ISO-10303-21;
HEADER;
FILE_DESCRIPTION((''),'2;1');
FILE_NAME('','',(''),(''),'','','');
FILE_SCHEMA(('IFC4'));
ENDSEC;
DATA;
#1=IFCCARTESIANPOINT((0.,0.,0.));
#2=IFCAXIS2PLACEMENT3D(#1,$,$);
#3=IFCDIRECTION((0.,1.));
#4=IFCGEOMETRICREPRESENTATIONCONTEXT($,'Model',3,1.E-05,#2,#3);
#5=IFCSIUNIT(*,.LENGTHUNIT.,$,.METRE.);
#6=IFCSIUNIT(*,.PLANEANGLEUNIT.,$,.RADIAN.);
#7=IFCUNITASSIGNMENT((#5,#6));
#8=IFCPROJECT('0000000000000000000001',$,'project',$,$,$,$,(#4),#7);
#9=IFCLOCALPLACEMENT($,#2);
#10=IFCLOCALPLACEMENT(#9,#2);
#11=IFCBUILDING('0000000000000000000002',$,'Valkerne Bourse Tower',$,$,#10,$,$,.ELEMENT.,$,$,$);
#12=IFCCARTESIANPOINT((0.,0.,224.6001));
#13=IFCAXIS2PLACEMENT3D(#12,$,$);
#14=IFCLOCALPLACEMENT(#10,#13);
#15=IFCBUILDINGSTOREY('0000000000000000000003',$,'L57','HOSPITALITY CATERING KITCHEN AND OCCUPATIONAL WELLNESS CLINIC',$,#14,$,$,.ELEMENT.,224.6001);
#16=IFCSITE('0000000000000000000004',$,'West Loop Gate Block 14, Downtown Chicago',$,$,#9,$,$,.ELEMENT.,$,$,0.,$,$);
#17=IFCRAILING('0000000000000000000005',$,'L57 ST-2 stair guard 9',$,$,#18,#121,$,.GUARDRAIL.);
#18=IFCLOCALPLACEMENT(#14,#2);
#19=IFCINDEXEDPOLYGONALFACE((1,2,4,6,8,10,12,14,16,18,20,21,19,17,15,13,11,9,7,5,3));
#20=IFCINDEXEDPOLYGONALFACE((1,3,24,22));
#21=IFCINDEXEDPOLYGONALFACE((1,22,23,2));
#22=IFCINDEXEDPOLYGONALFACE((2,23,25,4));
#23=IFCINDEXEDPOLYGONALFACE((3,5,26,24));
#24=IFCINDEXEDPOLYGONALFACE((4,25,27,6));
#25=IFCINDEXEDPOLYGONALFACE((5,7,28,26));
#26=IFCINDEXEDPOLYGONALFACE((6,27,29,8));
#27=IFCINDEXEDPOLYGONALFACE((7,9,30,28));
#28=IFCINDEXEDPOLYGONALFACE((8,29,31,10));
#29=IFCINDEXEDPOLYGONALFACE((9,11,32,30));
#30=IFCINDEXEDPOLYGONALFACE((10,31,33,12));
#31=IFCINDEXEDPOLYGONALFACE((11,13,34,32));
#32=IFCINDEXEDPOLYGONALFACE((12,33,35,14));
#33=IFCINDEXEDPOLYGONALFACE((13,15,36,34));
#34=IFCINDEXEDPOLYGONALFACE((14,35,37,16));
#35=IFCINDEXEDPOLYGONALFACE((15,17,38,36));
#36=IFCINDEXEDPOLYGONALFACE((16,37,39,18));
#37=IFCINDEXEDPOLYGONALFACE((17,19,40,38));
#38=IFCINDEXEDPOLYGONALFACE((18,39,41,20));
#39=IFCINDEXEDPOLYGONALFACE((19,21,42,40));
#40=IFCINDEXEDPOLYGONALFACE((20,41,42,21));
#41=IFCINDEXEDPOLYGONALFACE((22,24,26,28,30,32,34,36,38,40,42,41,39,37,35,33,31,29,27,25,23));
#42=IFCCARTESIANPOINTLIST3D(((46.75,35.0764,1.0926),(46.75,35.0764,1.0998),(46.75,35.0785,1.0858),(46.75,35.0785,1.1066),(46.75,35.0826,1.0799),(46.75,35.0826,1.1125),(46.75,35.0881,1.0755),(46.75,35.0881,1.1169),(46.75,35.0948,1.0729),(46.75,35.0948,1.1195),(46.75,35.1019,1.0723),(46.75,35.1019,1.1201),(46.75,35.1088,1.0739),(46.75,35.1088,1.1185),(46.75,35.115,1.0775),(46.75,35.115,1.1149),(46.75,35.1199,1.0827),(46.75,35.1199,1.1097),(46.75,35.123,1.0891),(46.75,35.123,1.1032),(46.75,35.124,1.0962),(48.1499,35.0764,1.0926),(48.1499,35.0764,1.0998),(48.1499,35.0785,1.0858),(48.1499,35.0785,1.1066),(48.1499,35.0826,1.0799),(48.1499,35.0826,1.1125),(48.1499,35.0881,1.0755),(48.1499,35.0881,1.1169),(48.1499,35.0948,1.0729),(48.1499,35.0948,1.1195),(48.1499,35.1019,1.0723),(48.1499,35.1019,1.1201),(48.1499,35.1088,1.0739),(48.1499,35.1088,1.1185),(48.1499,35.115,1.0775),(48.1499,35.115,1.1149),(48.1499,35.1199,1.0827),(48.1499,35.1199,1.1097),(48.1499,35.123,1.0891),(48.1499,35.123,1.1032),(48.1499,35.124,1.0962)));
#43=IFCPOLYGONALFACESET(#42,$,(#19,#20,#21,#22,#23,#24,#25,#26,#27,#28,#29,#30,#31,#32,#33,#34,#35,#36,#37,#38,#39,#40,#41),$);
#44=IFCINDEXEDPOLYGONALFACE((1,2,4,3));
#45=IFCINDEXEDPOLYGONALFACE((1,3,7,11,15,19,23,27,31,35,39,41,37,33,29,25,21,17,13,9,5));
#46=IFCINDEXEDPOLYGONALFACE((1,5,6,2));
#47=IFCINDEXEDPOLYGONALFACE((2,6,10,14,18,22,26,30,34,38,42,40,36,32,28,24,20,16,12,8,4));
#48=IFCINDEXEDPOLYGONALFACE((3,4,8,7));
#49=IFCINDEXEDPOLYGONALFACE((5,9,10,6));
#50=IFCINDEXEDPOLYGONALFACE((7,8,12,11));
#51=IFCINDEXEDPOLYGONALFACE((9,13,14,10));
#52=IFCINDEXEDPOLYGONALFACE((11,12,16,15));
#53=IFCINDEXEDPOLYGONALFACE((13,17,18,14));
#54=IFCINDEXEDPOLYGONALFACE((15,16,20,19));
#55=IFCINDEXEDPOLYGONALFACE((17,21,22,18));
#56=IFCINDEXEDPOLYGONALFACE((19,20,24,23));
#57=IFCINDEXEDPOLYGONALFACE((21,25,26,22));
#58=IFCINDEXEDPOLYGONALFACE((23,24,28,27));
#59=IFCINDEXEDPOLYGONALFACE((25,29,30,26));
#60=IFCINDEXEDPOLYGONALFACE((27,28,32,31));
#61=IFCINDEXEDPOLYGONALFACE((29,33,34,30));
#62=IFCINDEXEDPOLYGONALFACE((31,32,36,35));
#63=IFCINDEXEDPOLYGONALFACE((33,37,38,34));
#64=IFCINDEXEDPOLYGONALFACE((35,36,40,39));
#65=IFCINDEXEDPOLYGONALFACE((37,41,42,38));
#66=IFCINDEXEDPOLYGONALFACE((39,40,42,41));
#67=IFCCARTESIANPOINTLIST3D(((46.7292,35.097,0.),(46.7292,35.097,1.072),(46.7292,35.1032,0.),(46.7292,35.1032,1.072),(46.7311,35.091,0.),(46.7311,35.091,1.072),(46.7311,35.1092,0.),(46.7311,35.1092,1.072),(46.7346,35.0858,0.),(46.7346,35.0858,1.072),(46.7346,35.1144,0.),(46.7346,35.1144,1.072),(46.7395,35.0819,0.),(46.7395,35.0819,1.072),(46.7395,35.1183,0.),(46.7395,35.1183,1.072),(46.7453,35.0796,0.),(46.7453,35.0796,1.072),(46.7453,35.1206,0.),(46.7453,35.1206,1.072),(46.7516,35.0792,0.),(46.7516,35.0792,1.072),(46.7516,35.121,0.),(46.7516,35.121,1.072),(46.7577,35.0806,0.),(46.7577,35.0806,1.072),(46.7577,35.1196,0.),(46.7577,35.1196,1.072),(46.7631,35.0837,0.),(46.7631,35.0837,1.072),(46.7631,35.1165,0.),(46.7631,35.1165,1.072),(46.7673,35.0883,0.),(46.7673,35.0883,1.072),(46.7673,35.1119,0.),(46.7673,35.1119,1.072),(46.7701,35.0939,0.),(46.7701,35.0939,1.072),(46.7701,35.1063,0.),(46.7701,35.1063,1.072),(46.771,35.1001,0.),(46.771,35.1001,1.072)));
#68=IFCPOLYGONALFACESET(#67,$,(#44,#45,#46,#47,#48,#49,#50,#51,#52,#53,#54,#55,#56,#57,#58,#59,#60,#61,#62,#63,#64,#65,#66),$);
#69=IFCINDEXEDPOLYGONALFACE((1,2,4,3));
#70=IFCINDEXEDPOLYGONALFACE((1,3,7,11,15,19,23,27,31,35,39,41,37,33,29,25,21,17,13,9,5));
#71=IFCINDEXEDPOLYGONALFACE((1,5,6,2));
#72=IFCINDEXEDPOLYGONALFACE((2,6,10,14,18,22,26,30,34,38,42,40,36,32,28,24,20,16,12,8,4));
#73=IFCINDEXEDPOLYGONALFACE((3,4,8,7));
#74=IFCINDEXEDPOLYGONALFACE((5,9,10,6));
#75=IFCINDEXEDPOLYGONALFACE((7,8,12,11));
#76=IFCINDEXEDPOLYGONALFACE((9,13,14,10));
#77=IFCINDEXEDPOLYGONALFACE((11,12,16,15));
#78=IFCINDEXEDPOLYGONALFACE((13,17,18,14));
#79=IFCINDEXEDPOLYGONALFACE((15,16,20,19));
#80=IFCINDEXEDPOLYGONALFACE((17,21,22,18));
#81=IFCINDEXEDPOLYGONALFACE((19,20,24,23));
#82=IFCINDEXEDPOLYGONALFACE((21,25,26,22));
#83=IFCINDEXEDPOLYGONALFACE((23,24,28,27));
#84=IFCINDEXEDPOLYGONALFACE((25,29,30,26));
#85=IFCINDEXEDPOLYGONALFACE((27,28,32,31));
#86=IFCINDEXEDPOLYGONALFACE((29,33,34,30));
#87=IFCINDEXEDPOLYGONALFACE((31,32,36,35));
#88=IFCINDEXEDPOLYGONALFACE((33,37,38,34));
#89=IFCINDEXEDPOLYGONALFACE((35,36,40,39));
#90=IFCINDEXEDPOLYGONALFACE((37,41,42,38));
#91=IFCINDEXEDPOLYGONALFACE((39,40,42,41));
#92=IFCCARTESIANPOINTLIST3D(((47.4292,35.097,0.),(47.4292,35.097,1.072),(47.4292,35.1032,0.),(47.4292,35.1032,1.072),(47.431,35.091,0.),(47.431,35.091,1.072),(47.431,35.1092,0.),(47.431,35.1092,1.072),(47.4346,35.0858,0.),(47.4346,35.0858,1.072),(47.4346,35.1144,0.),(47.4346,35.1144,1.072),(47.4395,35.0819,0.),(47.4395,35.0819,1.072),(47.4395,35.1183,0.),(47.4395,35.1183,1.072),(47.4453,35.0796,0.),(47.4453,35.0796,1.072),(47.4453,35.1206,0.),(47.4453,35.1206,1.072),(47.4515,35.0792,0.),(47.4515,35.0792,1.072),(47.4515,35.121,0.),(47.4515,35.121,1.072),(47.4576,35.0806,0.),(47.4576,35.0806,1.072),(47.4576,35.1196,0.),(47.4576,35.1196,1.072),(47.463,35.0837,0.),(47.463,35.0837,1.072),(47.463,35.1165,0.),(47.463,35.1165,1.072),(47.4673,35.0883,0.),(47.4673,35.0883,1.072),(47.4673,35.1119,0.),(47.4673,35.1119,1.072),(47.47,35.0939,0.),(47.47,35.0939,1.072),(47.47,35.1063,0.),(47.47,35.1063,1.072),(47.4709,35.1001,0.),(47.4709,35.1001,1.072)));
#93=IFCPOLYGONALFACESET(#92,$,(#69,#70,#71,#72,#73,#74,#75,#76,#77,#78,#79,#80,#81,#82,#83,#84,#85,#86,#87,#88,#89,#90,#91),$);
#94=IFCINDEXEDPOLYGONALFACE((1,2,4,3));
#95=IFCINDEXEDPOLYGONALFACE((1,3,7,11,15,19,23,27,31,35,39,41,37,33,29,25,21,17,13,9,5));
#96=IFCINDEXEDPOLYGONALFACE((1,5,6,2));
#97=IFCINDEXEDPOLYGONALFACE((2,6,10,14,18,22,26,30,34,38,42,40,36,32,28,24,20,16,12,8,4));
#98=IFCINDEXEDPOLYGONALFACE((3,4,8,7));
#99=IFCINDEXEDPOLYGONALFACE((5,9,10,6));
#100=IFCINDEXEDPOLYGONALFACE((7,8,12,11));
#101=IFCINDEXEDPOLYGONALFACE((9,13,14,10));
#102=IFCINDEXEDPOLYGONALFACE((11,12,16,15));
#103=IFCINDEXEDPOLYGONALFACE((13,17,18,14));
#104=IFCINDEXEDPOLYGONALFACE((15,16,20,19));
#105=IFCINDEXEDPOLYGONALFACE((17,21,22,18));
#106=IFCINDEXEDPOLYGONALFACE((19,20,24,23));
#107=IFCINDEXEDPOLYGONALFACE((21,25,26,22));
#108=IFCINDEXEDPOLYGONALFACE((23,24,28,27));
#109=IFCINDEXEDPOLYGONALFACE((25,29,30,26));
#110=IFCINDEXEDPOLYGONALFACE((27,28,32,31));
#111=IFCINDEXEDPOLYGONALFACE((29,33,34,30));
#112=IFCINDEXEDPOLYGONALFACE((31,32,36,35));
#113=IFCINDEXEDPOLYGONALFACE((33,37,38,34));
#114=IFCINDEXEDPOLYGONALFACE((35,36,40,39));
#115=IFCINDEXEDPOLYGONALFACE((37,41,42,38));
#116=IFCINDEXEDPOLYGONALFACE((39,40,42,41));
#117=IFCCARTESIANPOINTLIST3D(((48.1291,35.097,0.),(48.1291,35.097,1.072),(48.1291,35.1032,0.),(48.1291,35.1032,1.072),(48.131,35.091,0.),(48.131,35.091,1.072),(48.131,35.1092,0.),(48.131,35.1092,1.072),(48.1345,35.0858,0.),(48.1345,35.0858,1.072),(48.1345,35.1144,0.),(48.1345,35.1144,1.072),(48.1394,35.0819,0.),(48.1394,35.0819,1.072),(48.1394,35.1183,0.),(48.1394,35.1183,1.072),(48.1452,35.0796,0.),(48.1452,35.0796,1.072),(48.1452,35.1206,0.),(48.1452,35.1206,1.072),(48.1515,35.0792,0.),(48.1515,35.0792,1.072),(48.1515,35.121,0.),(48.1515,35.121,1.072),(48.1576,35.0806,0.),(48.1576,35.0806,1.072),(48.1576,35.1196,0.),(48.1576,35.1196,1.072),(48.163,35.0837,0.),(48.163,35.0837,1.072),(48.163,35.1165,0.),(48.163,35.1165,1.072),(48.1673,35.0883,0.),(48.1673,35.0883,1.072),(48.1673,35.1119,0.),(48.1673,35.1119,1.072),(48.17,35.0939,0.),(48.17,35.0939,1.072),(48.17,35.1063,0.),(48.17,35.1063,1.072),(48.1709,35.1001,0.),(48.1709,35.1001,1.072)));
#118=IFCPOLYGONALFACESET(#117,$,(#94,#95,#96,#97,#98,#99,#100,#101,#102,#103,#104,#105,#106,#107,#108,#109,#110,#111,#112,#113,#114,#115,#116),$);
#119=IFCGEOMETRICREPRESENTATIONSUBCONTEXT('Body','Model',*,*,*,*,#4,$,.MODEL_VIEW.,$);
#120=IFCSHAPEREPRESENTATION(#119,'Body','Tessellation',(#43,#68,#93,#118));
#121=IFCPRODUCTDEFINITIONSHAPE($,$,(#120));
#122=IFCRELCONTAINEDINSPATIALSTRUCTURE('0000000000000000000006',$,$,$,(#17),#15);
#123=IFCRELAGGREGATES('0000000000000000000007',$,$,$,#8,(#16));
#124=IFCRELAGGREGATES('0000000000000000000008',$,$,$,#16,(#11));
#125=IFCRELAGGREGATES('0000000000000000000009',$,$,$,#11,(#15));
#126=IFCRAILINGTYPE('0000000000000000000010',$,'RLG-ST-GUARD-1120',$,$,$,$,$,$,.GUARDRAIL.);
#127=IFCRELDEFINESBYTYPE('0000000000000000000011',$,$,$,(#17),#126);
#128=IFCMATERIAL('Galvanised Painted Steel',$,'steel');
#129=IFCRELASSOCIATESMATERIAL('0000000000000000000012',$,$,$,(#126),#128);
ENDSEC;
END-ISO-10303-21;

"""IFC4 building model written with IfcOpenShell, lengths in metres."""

from ifc_helpers import new_model, si_unit, direction, frame, origin, origin_2d, place, context, subcontext, project, spatial, circle, extrude, material, type_object, element, save


model = new_model("IFC4")

# Units and contexts
model_context = context("Model", 3, precision=1e-05, world=origin(), true_north=direction((0.0, 1.0)))
body_context = subcontext(model_context, "Body", "Model", "MODEL_VIEW")
ifc_project = project(units=[si_unit("LENGTHUNIT", "METRE"), si_unit("PLANEANGLEUNIT", "RADIAN")], contexts=[model_context])

# Site, building, storey
site_placement = place(None, origin())
site = spatial("IfcSite", under=ifc_project, at=site_placement, Name="West Loop Gate Block 14, Downtown Chicago", CompositionType="ELEMENT", RefElevation=0.0)
building_placement = place(site_placement, origin())
building = spatial("IfcBuilding", under=site, at=building_placement, Name="Valkerne Bourse Tower", CompositionType="ELEMENT")
storey_placement = place(building_placement, frame((0.0, 0.0, 224.6001)))
storey = spatial("IfcBuildingStorey", under=building, at=storey_placement, Name="L57", Description="HOSPITALITY CATERING KITCHEN AND OCCUPATIONAL WELLNESS CLINIC", CompositionType="ELEMENT", Elevation=224.6001)

# Shared definitions
ifc_material_1 = material(Name="Galvanised Painted Steel", Category="steel")

# Railing
railing_type_1 = type_object("IfcRailingType", Name="RLG-ST-GUARD-1120", PredefinedType="GUARDRAIL", material=ifc_material_1)
for number, where, name in (
    (1, (46.75, 35.1001, 0.0), "L57 ST-2 stair guard 9"),
):
    element("IfcRailing", number, at=place(storey_placement, frame(where)), inside=storey, type_object=railing_type_1, Name=name, PredefinedType="GUARDRAIL", context=body_context, shape_type="SweptSolid", body=[
        extrude(circle(Radius=0.0239, at=origin_2d()), frame((0.0, 0.0, 1.0962), z_axis=(1.0, 0.0, 0.0), x_axis=(0.0, 1.0, 0.0)), (0.0, 0.0, 1.0), 1.3999),
        extrude(circle(Radius=0.021, at=origin_2d()), origin(), (0.0, 0.0, 1.0), 1.072),
        extrude(circle(Radius=0.021, at=origin_2d()), frame((0.7, 0.0, 0.0)), (0.0, 0.0, 1.0), 1.072),
        extrude(circle(Radius=0.021, at=origin_2d()), frame((1.3999, 0.0, 0.0)), (0.0, 0.0, 1.0), 1.072),
    ])

save(model, "model.ifc")
